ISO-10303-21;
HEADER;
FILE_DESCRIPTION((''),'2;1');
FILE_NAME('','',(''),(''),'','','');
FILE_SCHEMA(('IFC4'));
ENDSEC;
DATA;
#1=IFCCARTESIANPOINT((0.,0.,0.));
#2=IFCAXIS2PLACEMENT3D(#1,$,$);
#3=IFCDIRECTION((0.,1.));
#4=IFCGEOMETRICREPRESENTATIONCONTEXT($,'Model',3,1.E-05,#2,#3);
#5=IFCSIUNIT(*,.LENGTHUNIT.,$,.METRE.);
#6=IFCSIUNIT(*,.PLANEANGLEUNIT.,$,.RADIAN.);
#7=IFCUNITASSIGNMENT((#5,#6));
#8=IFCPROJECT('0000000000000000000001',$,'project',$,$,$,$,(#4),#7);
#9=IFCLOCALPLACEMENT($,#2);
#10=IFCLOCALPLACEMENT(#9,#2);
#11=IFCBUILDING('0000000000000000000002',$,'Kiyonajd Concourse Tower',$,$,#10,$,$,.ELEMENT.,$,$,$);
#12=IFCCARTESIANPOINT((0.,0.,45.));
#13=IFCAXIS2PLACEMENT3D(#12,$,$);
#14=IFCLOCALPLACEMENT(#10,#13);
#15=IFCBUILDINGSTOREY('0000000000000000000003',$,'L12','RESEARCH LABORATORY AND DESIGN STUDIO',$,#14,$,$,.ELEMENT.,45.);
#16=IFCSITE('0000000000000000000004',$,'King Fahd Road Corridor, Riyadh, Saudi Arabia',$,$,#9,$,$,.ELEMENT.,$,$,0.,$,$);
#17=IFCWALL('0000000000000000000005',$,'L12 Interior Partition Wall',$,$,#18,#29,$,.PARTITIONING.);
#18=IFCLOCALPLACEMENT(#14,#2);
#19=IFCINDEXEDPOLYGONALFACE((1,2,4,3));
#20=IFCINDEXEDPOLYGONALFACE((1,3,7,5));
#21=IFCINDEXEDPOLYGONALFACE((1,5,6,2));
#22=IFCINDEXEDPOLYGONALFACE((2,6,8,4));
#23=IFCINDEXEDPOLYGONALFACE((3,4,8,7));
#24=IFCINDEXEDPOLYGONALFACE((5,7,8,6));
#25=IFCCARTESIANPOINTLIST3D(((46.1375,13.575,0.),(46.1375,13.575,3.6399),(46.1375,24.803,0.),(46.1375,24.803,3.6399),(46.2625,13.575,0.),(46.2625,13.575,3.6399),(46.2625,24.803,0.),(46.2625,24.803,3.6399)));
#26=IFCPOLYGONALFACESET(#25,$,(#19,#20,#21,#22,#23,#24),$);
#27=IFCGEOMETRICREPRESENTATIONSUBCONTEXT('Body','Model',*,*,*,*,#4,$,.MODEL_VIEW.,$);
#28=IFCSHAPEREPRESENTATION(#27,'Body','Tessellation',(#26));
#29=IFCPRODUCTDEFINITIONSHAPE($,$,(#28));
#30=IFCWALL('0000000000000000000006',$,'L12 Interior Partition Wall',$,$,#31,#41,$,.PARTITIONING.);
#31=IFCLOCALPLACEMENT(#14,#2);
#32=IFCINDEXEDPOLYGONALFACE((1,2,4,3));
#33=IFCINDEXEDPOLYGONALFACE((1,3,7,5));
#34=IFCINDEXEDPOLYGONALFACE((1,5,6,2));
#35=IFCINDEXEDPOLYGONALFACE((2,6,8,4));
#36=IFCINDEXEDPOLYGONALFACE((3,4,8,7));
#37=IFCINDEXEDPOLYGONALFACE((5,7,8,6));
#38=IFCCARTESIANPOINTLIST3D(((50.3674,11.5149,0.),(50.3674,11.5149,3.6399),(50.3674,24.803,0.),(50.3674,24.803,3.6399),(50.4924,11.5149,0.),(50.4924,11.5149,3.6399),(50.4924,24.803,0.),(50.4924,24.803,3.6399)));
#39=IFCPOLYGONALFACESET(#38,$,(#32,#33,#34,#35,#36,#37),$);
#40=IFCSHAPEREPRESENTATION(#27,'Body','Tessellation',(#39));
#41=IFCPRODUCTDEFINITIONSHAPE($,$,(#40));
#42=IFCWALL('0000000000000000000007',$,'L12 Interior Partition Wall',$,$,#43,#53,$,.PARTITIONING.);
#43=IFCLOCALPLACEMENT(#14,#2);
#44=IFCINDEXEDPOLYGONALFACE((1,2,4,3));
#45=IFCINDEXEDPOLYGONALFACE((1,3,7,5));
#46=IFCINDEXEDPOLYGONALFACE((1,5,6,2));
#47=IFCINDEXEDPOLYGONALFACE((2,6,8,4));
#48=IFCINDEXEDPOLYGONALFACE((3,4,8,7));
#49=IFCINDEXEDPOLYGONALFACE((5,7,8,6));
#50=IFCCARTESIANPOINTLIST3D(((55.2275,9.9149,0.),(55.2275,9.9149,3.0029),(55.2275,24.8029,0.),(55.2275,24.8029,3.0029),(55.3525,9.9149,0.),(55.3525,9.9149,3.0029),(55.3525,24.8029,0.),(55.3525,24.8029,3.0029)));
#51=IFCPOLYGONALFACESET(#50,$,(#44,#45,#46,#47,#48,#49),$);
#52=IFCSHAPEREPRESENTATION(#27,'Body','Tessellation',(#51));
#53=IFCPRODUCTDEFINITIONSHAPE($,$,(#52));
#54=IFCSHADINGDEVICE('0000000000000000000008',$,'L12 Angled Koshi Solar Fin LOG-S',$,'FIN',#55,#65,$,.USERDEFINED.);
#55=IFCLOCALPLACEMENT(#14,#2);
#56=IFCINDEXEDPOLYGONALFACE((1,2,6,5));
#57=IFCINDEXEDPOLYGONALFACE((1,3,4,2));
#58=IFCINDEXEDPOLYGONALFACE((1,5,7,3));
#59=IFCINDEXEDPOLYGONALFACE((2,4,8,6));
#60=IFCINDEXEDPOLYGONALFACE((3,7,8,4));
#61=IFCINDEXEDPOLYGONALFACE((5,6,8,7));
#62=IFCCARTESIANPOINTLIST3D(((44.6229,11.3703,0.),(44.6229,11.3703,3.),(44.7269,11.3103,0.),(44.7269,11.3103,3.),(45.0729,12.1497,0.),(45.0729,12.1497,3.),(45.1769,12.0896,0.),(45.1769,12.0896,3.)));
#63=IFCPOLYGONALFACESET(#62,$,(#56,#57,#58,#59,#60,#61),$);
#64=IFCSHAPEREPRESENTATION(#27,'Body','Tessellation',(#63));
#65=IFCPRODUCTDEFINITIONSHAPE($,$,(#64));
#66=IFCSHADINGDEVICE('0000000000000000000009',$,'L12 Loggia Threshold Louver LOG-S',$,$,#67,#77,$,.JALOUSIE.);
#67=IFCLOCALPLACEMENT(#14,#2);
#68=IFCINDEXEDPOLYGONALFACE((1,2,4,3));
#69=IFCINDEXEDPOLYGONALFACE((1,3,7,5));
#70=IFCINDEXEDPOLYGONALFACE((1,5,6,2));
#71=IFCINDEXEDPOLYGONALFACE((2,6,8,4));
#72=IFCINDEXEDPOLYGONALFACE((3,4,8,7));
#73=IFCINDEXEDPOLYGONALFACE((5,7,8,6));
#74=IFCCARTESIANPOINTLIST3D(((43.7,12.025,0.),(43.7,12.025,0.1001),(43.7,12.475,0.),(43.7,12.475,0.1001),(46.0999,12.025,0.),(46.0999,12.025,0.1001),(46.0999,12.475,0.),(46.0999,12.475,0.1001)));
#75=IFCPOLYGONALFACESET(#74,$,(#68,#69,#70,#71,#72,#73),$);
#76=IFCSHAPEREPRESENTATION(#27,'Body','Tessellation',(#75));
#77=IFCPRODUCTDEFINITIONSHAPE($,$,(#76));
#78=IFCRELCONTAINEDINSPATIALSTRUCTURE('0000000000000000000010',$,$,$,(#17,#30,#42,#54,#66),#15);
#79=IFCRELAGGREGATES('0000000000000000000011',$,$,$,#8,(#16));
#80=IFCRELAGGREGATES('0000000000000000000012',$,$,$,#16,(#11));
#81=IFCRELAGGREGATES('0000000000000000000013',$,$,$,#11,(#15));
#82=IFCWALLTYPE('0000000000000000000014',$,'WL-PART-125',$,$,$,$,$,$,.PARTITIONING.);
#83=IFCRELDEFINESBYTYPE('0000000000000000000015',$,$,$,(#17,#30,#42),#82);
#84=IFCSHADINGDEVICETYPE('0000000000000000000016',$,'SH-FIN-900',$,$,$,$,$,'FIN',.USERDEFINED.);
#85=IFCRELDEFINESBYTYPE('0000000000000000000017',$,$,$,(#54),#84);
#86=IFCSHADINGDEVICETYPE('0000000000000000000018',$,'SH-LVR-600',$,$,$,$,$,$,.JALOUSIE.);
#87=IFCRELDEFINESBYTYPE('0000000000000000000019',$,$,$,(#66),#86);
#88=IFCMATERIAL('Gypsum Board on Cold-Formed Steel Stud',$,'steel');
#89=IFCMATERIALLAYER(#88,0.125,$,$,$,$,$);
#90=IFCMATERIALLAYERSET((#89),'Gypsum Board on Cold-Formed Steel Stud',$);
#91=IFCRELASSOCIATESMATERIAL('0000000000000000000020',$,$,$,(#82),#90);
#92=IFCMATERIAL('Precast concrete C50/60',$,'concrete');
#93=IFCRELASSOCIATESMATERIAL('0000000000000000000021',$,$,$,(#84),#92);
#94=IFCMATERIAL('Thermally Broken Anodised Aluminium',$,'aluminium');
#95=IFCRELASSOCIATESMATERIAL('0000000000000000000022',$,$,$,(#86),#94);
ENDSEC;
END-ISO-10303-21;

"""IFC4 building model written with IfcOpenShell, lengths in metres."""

from ifc_helpers import new_model, si_unit, direction, frame, frame_2d, origin, origin_2d, place, context, subcontext, project, spatial, rectangle, extrude, material, layer, layer_set, type_object, element, save


model = new_model("IFC4")

# Units and contexts
model_context = context("Model", 3, precision=1e-05, world=origin(), true_north=direction((0.0, 1.0)))
body_context = subcontext(model_context, "Body", "Model", "MODEL_VIEW")
ifc_project = project(units=[si_unit("LENGTHUNIT", "METRE"), si_unit("PLANEANGLEUNIT", "RADIAN")], contexts=[model_context])

# Site, building, storey
site_placement = place(None, origin())
site = spatial("IfcSite", under=ifc_project, at=site_placement, Name="King Fahd Road Corridor, Riyadh, Saudi Arabia", CompositionType="ELEMENT", RefElevation=0.0)
building_placement = place(site_placement, origin())
building = spatial("IfcBuilding", under=site, at=building_placement, Name="Kiyonajd Concourse Tower", CompositionType="ELEMENT")
storey_placement = place(building_placement, frame((0.0, 0.0, 45.0)))
storey = spatial("IfcBuildingStorey", under=building, at=storey_placement, Name="L12", Description="RESEARCH LABORATORY AND DESIGN STUDIO", CompositionType="ELEMENT", Elevation=45.0)

# Shared definitions
ifc_material_1 = material(Name="Precast concrete C50/60", Category="concrete")

# Shared definitions
ifc_material_2 = material(Name="Thermally Broken Anodised Aluminium", Category="aluminium")

# Walls
ifc_material_3 = material(Name="Gypsum Board on Cold-Formed Steel Stud", Category="steel")
ifc_layer_1 = layer(ifc_material_3, 0.125)
ifc_layer_set_1 = layer_set([ifc_layer_1], Name="Gypsum Board on Cold-Formed Steel Stud")
wall_type_1 = type_object("IfcWallType", Name="WL-PART-125", PredefinedType="PARTITIONING", material=ifc_layer_set_1)
wall_1_placement = place(storey_placement, frame((46.2, 13.575, 0.0), z_axis=(0.0, 0.0, 1.0), x_axis=(0.0, 1.0, 0.0)))
element("IfcWall", 1, at=wall_1_placement, inside=storey, type_object=wall_type_1, Name="L12 Interior Partition Wall", PredefinedType="PARTITIONING", context=body_context, shape_type="SweptSolid", body=[
    extrude(rectangle(XDim=11.228, YDim=0.125, at=frame_2d((5.614, 0.0))), origin(), (0.0, 0.0, 1.0), 3.6399),
])
wall_2_placement = place(storey_placement, frame((50.4299, 11.5149, 0.0), z_axis=(0.0, 0.0, 1.0), x_axis=(0.0, 1.0, 0.0)))
element("IfcWall", 2, at=wall_2_placement, inside=storey, type_object=wall_type_1, Name="L12 Interior Partition Wall", PredefinedType="PARTITIONING", context=body_context, shape_type="SweptSolid", body=[
    extrude(rectangle(XDim=13.2881, YDim=0.125, at=frame_2d((6.644, 0.0))), origin(), (0.0, 0.0, 1.0), 3.6399),
])
wall_3_placement = place(storey_placement, frame((55.29, 9.915, 0.0), z_axis=(0.0, 0.0, 1.0), x_axis=(0.0, 1.0, 0.0)))
element("IfcWall", 3, at=wall_3_placement, inside=storey, type_object=wall_type_1, Name="L12 Interior Partition Wall", PredefinedType="PARTITIONING", context=body_context, shape_type="SweptSolid", body=[
    extrude(rectangle(XDim=14.8879, YDim=0.125, at=frame_2d((7.4438, 0.0))), origin(), (0.0, 0.0, 1.0), 3.0029),
])

# Shading devices
shading_device_type_1 = type_object("IfcShadingDeviceType", Name="SH-FIN-900", ElementType="FIN", PredefinedType="USERDEFINED", material=ifc_material_1)
shading_device_1_placement = place(storey_placement, frame((44.8999, 11.73, 0.0), z_axis=(0.0, 0.0, 1.0), x_axis=(0.5, 0.866025, 0.0)))
element("IfcShadingDevice", 4, at=shading_device_1_placement, inside=storey, type_object=shading_device_type_1, Name="L12 Angled Koshi Solar Fin LOG-S", ObjectType="FIN", PredefinedType="USERDEFINED", context=body_context, shape_type="SweptSolid", body=[
    extrude(rectangle(XDim=0.8999, YDim=0.1201, at=origin_2d()), origin(), (0.0, 0.0, 1.0), 3.0),
])
shading_device_type_2 = type_object("IfcShadingDeviceType", Name="SH-LVR-600", PredefinedType="JALOUSIE", material=ifc_material_2)
shading_device_2_placement = place(storey_placement, frame((44.8999, 12.25, 0.0), z_axis=(0.0, 0.0, 1.0), x_axis=(1.0, 0.0, 0.0)))
element("IfcShadingDevice", 5, at=shading_device_2_placement, inside=storey, type_object=shading_device_type_2, Name="L12 Loggia Threshold Louver LOG-S", PredefinedType="JALOUSIE", context=body_context, shape_type="SweptSolid", body=[
    extrude(rectangle(XDim=2.3999, YDim=0.45, at=origin_2d()), origin(), (0.0, 0.0, 1.0), 0.1001),
])

save(model, "model.ifc")
